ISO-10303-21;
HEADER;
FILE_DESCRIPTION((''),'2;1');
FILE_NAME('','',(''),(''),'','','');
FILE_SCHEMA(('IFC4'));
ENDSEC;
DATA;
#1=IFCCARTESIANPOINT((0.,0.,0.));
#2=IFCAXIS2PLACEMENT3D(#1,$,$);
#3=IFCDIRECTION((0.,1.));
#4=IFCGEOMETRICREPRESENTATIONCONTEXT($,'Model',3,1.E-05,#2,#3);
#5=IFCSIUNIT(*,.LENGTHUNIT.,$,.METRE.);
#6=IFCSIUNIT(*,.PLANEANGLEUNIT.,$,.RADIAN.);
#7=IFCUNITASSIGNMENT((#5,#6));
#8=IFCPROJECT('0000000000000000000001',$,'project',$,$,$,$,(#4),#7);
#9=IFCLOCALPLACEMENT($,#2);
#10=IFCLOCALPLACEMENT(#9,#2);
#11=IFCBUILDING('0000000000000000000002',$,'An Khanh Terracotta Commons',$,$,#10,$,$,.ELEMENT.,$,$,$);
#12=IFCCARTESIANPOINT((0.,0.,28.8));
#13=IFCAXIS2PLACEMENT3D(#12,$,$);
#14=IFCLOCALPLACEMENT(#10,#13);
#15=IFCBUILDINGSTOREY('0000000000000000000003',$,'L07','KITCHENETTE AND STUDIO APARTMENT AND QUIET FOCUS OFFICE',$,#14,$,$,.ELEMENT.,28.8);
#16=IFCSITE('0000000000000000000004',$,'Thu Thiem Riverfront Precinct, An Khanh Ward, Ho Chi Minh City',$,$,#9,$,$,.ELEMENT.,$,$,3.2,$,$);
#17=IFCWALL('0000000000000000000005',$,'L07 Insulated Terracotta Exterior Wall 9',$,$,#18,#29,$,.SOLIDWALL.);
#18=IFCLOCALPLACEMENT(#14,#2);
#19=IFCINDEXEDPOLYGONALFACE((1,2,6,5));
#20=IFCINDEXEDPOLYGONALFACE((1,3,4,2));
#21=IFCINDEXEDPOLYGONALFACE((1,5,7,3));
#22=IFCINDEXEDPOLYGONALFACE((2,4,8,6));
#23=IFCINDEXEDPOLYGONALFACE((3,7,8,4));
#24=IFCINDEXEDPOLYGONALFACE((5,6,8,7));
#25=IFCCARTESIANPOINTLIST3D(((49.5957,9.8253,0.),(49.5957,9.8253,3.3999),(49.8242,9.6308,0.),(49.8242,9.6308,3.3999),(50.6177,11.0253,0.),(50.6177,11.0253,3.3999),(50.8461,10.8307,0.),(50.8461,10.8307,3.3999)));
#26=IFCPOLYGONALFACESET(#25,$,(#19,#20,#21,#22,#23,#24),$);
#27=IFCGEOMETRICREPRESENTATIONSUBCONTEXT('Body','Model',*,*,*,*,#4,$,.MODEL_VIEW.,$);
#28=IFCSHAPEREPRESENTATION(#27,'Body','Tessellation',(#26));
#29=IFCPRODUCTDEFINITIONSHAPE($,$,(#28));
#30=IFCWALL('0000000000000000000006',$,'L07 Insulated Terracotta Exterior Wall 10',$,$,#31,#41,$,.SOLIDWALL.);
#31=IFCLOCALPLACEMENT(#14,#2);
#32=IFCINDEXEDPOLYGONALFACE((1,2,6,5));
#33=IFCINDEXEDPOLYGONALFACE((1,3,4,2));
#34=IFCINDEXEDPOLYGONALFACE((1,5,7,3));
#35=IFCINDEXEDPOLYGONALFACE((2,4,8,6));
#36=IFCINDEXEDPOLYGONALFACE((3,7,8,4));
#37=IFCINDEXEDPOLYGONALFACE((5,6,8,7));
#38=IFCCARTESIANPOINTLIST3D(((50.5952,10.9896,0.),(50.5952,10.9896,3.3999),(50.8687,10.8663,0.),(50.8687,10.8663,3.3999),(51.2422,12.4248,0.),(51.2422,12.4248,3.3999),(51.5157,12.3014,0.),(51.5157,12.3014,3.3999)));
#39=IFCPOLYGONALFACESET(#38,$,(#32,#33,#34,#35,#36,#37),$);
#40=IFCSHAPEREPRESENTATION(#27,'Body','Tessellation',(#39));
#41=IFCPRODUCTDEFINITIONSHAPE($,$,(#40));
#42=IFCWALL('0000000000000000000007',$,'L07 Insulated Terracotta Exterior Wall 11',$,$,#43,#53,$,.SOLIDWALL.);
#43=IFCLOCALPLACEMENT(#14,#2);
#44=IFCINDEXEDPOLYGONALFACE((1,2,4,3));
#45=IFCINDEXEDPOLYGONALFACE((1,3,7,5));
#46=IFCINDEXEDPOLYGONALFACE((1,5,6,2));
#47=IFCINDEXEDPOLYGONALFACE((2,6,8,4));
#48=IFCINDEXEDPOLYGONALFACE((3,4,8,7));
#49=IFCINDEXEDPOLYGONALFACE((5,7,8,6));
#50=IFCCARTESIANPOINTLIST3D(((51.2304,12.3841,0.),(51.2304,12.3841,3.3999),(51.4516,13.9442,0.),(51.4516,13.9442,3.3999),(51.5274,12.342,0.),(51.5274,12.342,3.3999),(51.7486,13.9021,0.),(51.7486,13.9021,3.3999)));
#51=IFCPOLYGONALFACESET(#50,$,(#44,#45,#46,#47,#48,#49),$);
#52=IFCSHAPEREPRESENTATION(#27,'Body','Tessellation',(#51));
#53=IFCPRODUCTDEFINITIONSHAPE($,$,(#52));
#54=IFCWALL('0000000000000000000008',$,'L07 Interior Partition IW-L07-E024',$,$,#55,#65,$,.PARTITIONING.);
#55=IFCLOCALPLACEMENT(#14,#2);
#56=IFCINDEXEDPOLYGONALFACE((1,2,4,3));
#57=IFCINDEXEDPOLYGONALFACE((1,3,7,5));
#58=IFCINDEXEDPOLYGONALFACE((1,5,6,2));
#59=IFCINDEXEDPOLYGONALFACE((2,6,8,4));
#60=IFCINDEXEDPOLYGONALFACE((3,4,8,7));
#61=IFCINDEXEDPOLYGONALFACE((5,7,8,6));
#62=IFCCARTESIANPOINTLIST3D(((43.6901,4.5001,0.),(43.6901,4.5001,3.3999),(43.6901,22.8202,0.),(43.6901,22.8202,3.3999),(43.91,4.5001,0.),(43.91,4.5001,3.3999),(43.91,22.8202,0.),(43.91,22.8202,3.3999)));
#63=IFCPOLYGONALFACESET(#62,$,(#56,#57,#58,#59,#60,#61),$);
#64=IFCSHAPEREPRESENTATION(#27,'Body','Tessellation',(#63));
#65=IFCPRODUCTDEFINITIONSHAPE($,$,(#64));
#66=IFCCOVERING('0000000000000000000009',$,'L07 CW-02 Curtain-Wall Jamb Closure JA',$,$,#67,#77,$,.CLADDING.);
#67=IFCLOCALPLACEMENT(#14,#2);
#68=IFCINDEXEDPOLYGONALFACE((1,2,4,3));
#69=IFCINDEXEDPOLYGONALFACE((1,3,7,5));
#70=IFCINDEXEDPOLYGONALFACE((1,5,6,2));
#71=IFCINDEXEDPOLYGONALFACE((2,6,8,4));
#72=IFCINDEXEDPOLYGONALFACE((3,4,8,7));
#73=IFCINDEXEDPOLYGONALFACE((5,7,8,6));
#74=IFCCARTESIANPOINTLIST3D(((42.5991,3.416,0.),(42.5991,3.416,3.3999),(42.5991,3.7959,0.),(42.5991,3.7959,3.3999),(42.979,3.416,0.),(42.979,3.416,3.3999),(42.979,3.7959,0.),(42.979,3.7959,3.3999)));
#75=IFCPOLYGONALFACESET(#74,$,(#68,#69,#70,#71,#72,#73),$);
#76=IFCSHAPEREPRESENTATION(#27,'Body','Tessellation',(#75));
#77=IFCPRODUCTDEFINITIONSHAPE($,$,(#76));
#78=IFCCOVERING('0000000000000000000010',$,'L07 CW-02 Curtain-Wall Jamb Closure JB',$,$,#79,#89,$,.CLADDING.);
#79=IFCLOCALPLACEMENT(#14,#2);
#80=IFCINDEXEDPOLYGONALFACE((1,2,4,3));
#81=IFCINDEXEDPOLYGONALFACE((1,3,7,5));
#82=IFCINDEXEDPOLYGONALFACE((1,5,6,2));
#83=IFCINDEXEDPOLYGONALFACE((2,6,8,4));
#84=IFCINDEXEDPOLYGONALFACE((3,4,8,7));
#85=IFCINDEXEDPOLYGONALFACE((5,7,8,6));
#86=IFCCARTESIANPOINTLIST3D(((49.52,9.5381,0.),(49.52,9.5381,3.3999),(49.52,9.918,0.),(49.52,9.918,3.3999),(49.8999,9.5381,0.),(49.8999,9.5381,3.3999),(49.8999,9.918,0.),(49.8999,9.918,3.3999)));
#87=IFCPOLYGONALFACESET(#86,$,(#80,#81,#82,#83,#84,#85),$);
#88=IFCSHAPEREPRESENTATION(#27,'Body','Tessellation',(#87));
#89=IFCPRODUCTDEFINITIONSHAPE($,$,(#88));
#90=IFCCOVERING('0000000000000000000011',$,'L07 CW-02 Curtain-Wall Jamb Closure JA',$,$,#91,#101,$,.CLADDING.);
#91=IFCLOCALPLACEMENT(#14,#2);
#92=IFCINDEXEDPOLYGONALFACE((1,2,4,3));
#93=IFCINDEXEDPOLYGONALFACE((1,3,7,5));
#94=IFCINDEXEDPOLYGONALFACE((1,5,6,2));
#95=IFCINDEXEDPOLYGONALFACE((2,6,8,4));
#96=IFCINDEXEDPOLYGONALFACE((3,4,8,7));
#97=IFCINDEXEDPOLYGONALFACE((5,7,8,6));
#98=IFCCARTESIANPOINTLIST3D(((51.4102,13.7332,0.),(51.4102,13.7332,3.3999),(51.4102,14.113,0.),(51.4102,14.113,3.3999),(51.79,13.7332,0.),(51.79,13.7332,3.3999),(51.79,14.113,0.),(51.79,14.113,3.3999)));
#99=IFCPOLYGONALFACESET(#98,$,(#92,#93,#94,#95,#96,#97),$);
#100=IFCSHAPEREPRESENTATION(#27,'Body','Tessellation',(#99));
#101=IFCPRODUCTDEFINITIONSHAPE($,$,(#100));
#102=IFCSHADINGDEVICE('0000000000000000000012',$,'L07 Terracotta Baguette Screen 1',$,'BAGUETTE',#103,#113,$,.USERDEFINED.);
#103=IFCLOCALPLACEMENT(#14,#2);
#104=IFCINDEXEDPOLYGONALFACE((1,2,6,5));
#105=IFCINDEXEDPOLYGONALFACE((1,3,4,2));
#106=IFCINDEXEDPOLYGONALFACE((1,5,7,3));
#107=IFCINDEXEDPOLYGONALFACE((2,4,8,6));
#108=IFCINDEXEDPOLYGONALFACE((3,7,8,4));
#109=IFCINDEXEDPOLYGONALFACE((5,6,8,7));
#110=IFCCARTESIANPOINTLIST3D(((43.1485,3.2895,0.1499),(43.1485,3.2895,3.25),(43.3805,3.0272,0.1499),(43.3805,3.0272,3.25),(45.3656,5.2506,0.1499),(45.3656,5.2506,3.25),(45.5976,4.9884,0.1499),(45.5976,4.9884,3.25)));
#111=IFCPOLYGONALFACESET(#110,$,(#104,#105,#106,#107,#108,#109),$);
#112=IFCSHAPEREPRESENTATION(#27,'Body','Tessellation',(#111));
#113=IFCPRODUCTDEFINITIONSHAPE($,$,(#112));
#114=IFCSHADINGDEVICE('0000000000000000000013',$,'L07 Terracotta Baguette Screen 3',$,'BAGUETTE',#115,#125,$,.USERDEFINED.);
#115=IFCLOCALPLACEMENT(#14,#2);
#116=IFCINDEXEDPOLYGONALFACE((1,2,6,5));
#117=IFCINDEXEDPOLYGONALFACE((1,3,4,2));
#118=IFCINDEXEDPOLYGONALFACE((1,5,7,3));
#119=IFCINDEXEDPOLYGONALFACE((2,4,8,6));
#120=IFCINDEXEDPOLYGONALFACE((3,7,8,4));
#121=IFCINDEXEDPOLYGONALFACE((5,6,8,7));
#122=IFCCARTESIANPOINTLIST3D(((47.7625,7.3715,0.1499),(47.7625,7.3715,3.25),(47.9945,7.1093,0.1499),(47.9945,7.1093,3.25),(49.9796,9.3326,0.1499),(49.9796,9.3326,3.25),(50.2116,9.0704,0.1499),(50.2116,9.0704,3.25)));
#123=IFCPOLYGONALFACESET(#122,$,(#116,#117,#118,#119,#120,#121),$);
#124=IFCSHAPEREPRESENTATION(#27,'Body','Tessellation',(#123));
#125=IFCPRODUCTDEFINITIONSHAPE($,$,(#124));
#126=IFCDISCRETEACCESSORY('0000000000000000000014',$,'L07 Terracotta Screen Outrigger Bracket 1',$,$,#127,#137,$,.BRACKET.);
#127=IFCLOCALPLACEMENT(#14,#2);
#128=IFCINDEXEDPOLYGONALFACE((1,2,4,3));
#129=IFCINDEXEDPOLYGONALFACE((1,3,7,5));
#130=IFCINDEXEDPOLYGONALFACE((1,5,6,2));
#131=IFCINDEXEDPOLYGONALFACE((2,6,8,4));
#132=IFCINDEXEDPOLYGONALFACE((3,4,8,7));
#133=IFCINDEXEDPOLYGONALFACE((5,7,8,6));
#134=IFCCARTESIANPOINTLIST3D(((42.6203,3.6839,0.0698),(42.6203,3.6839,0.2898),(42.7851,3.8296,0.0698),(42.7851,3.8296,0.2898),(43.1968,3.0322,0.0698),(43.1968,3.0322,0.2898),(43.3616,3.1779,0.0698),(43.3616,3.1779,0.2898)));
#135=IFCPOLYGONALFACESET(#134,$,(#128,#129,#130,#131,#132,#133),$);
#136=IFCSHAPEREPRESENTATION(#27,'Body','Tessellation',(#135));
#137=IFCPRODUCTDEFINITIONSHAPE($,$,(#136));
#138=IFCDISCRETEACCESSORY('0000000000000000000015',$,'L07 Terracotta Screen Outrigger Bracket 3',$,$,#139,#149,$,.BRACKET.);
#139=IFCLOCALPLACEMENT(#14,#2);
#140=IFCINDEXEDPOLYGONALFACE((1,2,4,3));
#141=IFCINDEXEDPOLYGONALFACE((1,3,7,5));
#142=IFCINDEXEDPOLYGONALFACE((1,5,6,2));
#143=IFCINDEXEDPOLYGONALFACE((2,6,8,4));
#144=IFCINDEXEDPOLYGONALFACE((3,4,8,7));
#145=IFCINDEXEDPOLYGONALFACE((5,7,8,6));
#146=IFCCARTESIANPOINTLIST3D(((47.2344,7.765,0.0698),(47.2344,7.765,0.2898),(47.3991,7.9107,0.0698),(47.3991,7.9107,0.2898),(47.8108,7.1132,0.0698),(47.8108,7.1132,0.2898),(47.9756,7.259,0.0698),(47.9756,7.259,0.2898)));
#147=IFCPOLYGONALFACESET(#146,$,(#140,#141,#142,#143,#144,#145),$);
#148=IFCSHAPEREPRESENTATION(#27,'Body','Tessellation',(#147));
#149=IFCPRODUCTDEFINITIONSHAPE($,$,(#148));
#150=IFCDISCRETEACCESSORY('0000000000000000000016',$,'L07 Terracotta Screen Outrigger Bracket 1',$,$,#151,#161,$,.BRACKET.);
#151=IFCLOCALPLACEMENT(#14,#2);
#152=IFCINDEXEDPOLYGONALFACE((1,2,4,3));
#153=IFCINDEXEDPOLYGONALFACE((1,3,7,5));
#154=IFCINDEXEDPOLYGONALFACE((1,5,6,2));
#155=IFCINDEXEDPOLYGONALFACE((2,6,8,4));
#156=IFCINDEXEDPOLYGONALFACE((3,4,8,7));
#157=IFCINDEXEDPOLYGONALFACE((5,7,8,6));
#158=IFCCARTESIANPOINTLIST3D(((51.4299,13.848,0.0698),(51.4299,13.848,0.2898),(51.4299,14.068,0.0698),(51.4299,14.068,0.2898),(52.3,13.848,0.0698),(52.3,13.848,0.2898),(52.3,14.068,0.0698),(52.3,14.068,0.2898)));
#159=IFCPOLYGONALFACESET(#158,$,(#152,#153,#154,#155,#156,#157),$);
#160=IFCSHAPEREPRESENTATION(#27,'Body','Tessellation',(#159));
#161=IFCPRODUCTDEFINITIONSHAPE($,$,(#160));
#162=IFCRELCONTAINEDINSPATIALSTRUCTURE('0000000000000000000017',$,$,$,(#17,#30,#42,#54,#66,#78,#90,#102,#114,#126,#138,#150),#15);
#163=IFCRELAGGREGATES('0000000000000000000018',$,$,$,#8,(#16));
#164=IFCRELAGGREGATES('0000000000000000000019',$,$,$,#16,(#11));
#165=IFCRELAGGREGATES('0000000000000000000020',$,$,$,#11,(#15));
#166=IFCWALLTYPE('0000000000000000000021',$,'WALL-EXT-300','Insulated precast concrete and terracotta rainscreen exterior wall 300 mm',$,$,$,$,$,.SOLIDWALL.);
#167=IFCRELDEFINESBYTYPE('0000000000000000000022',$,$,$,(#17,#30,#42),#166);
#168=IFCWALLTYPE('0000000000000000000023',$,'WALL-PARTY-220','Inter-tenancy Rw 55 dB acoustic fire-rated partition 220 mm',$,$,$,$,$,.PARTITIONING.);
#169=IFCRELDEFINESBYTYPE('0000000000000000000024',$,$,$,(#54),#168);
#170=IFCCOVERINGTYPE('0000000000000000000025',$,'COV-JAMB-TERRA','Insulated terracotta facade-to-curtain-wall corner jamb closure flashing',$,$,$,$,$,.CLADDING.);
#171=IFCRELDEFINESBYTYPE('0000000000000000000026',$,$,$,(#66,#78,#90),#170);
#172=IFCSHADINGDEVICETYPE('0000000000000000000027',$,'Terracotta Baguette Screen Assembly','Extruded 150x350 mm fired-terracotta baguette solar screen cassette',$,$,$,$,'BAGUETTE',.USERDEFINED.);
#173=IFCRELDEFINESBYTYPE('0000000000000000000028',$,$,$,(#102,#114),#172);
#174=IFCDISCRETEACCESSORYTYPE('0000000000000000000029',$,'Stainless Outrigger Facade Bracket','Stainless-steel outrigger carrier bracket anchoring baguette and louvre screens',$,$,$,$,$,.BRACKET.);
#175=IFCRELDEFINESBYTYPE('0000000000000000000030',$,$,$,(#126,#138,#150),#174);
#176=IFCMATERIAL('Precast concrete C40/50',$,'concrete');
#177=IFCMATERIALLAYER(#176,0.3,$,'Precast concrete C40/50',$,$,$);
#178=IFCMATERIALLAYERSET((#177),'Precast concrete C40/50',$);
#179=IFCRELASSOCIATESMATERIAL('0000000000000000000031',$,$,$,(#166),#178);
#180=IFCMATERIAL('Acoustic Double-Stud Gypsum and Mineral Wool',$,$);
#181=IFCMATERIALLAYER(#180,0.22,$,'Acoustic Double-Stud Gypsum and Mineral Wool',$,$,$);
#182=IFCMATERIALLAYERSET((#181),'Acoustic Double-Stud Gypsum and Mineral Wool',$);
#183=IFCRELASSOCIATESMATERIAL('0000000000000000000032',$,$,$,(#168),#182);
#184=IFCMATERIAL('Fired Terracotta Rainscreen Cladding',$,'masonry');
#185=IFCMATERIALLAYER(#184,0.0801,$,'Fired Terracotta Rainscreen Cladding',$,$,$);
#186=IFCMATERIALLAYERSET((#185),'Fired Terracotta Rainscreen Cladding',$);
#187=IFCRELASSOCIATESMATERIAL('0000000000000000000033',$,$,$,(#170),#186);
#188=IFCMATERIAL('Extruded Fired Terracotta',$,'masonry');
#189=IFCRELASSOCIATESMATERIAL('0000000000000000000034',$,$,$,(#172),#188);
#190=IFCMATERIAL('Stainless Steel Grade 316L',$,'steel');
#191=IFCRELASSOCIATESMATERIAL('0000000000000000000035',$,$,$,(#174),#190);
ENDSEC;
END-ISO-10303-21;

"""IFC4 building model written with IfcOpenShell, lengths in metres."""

from ifc_helpers import new_model, si_unit, direction, frame, frame_2d, origin, origin_2d, place, context, subcontext, project, spatial, rectangle, extrude, material, layer, layer_set, type_object, element, save


model = new_model("IFC4")

# Units and contexts
model_context = context("Model", 3, precision=1e-05, world=origin(), true_north=direction((0.0, 1.0)))
body_context = subcontext(model_context, "Body", "Model", "MODEL_VIEW")
ifc_project = project(units=[si_unit("LENGTHUNIT", "METRE"), si_unit("PLANEANGLEUNIT", "RADIAN")], contexts=[model_context])

# Site, building, storey
site_placement = place(None, origin())
site = spatial("IfcSite", under=ifc_project, at=site_placement, Name="Thu Thiem Riverfront Precinct, An Khanh Ward, Ho Chi Minh City", CompositionType="ELEMENT", RefElevation=3.2)
building_placement = place(site_placement, origin())
building = spatial("IfcBuilding", under=site, at=building_placement, Name="An Khanh Terracotta Commons", CompositionType="ELEMENT")
storey_placement = place(building_placement, frame((0.0, 0.0, 28.8)))
storey = spatial("IfcBuildingStorey", under=building, at=storey_placement, Name="L07", Description="KITCHENETTE AND STUDIO APARTMENT AND QUIET FOCUS OFFICE", CompositionType="ELEMENT", Elevation=28.8)

# Walls
ifc_material_1 = material(Name="Precast concrete C40/50", Category="concrete")
ifc_layer_1 = layer(ifc_material_1, 0.3, Name="Precast concrete C40/50")
ifc_layer_set_1 = layer_set([ifc_layer_1], Name="Precast concrete C40/50")
wall_type_1 = type_object("IfcWallType", Name="WALL-EXT-300", Description="Insulated precast concrete and terracotta rainscreen exterior wall 300 mm", PredefinedType="SOLIDWALL", material=ifc_layer_set_1)
wall_1_placement = place(storey_placement, frame((49.71, 9.728, 0.0), z_axis=(0.0, 0.0, 1.0), x_axis=(0.64839, 0.761308, 0.0)))
element("IfcWall", 1, at=wall_1_placement, inside=storey, type_object=wall_type_1, Name="L07 Insulated Terracotta Exterior Wall 9", PredefinedType="SOLIDWALL", context=body_context, shape_type="SweptSolid", body=[
    extrude(rectangle(XDim=1.5762, YDim=0.3, at=frame_2d((0.7881, 0.0))), origin(), (0.0, 0.0, 1.0), 3.3999),
])
wall_2_placement = place(storey_placement, frame((50.7319, 10.928, 0.0), z_axis=(0.0, 0.0, 1.0), x_axis=(0.410997, 0.911637, 0.0)))
element("IfcWall", 2, at=wall_2_placement, inside=storey, type_object=wall_type_1, Name="L07 Insulated Terracotta Exterior Wall 10", PredefinedType="SOLIDWALL", context=body_context, shape_type="SweptSolid", body=[
    extrude(rectangle(XDim=1.5742, YDim=0.3, at=frame_2d((0.7871, 0.0))), origin(), (0.0, 0.0, 1.0), 3.3999),
])
wall_3_placement = place(storey_placement, frame((51.3789, 12.363, 0.0), z_axis=(0.0, 0.0, 1.0), x_axis=(0.14038, 0.990098, 0.0)))
element("IfcWall", 3, at=wall_3_placement, inside=storey, type_object=wall_type_1, Name="L07 Insulated Terracotta Exterior Wall 11", PredefinedType="SOLIDWALL", context=body_context, shape_type="SweptSolid", body=[
    extrude(rectangle(XDim=1.5757, YDim=0.3, at=frame_2d((0.7878, 0.0))), origin(), (0.0, 0.0, 1.0), 3.3999),
])
ifc_material_2 = material(Name="Acoustic Double-Stud Gypsum and Mineral Wool")
ifc_layer_2 = layer(ifc_material_2, 0.22, Name="Acoustic Double-Stud Gypsum and Mineral Wool")
ifc_layer_set_2 = layer_set([ifc_layer_2], Name="Acoustic Double-Stud Gypsum and Mineral Wool")
wall_type_2 = type_object("IfcWallType", Name="WALL-PARTY-220", Description="Inter-tenancy Rw 55 dB acoustic fire-rated partition 220 mm", PredefinedType="PARTITIONING", material=ifc_layer_set_2)
wall_4_placement = place(storey_placement, frame((43.8, 4.5, 0.0), z_axis=(0.0, 0.0, 1.0), x_axis=(0.0, 1.0, 0.0)))
element("IfcWall", 4, at=wall_4_placement, inside=storey, type_object=wall_type_2, Name="L07 Interior Partition IW-L07-E024", PredefinedType="PARTITIONING", context=body_context, shape_type="SweptSolid", body=[
    extrude(rectangle(XDim=18.3201, YDim=0.22, at=frame_2d((9.1602, 0.0))), origin(), (0.0, 0.0, 1.0), 3.3999),
])

# Coverings
ifc_material_3 = material(Name="Fired Terracotta Rainscreen Cladding", Category="masonry")
ifc_layer_3 = layer(ifc_material_3, 0.0801, Name="Fired Terracotta Rainscreen Cladding")
ifc_layer_set_3 = layer_set([ifc_layer_3], Name="Fired Terracotta Rainscreen Cladding")
covering_type = type_object("IfcCoveringType", Name="COV-JAMB-TERRA", Description="Insulated terracotta facade-to-curtain-wall corner jamb closure flashing", PredefinedType="CLADDING", material=ifc_layer_set_3)
for number, where, z_axis, x_axis, name in (
    (5, (42.7891, 3.606, 0.0), (0.0, 0.0, 1.0), (1.0, 0.0, 0.0), "L07 CW-02 Curtain-Wall Jamb Closure JA"),
    (6, (49.71, 9.728, 0.0), (0.0, 0.0, 1.0), (1.0, 0.0, 0.0), "L07 CW-02 Curtain-Wall Jamb Closure JB"),
    (7, (51.6001, 13.9231, 0.0), (0.0, 0.0, 1.0), (1.0, 0.0, 0.0), "L07 CW-02 Curtain-Wall Jamb Closure JA"),
):
    element("IfcCovering", number, at=place(storey_placement, frame(where, z_axis=z_axis, x_axis=x_axis)), inside=storey, type_object=covering_type, Name=name, PredefinedType="CLADDING", context=body_context, shape_type="SweptSolid", body=[
        extrude(rectangle(XDim=0.3799, YDim=0.3799, at=origin_2d()), origin(), (0.0, 0.0, 1.0), 3.3999),
    ])

# Shading devices
ifc_material_4 = material(Name="Extruded Fired Terracotta", Category="masonry")
shading_device_type = type_object("IfcShadingDeviceType", Name="Terracotta Baguette Screen Assembly", Description="Extruded 150x350 mm fired-terracotta baguette solar screen cassette", ElementType="BAGUETTE", PredefinedType="USERDEFINED", material=ifc_material_4)
for number, where, z_axis, x_axis, name in (
    (8, (44.373, 4.1389, 0.1499), (0.0, 0.0, 1.0), (0.749019, 0.662548, 0.0), "L07 Terracotta Baguette Screen 1"),
    (9, (48.9871, 8.2209, 0.1499), (0.0, 0.0, 1.0), (0.749019, 0.662548, 0.0), "L07 Terracotta Baguette Screen 3"),
):
    element("IfcShadingDevice", number, at=place(storey_placement, frame(where, z_axis=z_axis, x_axis=x_axis)), inside=storey, type_object=shading_device_type, Name=name, ObjectType="BAGUETTE", PredefinedType="USERDEFINED", context=body_context, shape_type="SweptSolid", body=[
        extrude(rectangle(XDim=2.96, YDim=0.3501, at=origin_2d()), origin(), (0.0, 0.0, 1.0), 3.1001),
    ])

# Discrete accessories
ifc_material_5 = material(Name="Stainless Steel Grade 316L", Category="steel")
discrete_accessory_type = type_object("IfcDiscreteAccessoryType", Name="Stainless Outrigger Facade Bracket", Description="Stainless-steel outrigger carrier bracket anchoring baguette and louvre screens", PredefinedType="BRACKET", material=ifc_material_5)
for number, where, z_axis, x_axis, name in (
    (10, (42.991, 3.4309, 0.0698), (0.0, 0.0, 1.0), (0.749019, 0.662548, 0.0), "L07 Terracotta Screen Outrigger Bracket 1"),
    (11, (47.605, 7.512, 0.0698), (0.0, 0.0, 1.0), (0.749019, 0.662548, 0.0), "L07 Terracotta Screen Outrigger Bracket 3"),
    (12, (51.865, 13.958, 0.0698), (0.0, 0.0, 1.0), (0.0, 1.0, 0.0), "L07 Terracotta Screen Outrigger Bracket 1"),
):
    element("IfcDiscreteAccessory", number, at=place(storey_placement, frame(where, z_axis=z_axis, x_axis=x_axis)), inside=storey, type_object=discrete_accessory_type, Name=name, PredefinedType="BRACKET", context=body_context, shape_type="SweptSolid", body=[
        extrude(rectangle(XDim=0.22, YDim=0.8701, at=origin_2d()), origin(), (0.0, 0.0, 1.0), 0.22),
    ])

save(model, "model.ifc")
